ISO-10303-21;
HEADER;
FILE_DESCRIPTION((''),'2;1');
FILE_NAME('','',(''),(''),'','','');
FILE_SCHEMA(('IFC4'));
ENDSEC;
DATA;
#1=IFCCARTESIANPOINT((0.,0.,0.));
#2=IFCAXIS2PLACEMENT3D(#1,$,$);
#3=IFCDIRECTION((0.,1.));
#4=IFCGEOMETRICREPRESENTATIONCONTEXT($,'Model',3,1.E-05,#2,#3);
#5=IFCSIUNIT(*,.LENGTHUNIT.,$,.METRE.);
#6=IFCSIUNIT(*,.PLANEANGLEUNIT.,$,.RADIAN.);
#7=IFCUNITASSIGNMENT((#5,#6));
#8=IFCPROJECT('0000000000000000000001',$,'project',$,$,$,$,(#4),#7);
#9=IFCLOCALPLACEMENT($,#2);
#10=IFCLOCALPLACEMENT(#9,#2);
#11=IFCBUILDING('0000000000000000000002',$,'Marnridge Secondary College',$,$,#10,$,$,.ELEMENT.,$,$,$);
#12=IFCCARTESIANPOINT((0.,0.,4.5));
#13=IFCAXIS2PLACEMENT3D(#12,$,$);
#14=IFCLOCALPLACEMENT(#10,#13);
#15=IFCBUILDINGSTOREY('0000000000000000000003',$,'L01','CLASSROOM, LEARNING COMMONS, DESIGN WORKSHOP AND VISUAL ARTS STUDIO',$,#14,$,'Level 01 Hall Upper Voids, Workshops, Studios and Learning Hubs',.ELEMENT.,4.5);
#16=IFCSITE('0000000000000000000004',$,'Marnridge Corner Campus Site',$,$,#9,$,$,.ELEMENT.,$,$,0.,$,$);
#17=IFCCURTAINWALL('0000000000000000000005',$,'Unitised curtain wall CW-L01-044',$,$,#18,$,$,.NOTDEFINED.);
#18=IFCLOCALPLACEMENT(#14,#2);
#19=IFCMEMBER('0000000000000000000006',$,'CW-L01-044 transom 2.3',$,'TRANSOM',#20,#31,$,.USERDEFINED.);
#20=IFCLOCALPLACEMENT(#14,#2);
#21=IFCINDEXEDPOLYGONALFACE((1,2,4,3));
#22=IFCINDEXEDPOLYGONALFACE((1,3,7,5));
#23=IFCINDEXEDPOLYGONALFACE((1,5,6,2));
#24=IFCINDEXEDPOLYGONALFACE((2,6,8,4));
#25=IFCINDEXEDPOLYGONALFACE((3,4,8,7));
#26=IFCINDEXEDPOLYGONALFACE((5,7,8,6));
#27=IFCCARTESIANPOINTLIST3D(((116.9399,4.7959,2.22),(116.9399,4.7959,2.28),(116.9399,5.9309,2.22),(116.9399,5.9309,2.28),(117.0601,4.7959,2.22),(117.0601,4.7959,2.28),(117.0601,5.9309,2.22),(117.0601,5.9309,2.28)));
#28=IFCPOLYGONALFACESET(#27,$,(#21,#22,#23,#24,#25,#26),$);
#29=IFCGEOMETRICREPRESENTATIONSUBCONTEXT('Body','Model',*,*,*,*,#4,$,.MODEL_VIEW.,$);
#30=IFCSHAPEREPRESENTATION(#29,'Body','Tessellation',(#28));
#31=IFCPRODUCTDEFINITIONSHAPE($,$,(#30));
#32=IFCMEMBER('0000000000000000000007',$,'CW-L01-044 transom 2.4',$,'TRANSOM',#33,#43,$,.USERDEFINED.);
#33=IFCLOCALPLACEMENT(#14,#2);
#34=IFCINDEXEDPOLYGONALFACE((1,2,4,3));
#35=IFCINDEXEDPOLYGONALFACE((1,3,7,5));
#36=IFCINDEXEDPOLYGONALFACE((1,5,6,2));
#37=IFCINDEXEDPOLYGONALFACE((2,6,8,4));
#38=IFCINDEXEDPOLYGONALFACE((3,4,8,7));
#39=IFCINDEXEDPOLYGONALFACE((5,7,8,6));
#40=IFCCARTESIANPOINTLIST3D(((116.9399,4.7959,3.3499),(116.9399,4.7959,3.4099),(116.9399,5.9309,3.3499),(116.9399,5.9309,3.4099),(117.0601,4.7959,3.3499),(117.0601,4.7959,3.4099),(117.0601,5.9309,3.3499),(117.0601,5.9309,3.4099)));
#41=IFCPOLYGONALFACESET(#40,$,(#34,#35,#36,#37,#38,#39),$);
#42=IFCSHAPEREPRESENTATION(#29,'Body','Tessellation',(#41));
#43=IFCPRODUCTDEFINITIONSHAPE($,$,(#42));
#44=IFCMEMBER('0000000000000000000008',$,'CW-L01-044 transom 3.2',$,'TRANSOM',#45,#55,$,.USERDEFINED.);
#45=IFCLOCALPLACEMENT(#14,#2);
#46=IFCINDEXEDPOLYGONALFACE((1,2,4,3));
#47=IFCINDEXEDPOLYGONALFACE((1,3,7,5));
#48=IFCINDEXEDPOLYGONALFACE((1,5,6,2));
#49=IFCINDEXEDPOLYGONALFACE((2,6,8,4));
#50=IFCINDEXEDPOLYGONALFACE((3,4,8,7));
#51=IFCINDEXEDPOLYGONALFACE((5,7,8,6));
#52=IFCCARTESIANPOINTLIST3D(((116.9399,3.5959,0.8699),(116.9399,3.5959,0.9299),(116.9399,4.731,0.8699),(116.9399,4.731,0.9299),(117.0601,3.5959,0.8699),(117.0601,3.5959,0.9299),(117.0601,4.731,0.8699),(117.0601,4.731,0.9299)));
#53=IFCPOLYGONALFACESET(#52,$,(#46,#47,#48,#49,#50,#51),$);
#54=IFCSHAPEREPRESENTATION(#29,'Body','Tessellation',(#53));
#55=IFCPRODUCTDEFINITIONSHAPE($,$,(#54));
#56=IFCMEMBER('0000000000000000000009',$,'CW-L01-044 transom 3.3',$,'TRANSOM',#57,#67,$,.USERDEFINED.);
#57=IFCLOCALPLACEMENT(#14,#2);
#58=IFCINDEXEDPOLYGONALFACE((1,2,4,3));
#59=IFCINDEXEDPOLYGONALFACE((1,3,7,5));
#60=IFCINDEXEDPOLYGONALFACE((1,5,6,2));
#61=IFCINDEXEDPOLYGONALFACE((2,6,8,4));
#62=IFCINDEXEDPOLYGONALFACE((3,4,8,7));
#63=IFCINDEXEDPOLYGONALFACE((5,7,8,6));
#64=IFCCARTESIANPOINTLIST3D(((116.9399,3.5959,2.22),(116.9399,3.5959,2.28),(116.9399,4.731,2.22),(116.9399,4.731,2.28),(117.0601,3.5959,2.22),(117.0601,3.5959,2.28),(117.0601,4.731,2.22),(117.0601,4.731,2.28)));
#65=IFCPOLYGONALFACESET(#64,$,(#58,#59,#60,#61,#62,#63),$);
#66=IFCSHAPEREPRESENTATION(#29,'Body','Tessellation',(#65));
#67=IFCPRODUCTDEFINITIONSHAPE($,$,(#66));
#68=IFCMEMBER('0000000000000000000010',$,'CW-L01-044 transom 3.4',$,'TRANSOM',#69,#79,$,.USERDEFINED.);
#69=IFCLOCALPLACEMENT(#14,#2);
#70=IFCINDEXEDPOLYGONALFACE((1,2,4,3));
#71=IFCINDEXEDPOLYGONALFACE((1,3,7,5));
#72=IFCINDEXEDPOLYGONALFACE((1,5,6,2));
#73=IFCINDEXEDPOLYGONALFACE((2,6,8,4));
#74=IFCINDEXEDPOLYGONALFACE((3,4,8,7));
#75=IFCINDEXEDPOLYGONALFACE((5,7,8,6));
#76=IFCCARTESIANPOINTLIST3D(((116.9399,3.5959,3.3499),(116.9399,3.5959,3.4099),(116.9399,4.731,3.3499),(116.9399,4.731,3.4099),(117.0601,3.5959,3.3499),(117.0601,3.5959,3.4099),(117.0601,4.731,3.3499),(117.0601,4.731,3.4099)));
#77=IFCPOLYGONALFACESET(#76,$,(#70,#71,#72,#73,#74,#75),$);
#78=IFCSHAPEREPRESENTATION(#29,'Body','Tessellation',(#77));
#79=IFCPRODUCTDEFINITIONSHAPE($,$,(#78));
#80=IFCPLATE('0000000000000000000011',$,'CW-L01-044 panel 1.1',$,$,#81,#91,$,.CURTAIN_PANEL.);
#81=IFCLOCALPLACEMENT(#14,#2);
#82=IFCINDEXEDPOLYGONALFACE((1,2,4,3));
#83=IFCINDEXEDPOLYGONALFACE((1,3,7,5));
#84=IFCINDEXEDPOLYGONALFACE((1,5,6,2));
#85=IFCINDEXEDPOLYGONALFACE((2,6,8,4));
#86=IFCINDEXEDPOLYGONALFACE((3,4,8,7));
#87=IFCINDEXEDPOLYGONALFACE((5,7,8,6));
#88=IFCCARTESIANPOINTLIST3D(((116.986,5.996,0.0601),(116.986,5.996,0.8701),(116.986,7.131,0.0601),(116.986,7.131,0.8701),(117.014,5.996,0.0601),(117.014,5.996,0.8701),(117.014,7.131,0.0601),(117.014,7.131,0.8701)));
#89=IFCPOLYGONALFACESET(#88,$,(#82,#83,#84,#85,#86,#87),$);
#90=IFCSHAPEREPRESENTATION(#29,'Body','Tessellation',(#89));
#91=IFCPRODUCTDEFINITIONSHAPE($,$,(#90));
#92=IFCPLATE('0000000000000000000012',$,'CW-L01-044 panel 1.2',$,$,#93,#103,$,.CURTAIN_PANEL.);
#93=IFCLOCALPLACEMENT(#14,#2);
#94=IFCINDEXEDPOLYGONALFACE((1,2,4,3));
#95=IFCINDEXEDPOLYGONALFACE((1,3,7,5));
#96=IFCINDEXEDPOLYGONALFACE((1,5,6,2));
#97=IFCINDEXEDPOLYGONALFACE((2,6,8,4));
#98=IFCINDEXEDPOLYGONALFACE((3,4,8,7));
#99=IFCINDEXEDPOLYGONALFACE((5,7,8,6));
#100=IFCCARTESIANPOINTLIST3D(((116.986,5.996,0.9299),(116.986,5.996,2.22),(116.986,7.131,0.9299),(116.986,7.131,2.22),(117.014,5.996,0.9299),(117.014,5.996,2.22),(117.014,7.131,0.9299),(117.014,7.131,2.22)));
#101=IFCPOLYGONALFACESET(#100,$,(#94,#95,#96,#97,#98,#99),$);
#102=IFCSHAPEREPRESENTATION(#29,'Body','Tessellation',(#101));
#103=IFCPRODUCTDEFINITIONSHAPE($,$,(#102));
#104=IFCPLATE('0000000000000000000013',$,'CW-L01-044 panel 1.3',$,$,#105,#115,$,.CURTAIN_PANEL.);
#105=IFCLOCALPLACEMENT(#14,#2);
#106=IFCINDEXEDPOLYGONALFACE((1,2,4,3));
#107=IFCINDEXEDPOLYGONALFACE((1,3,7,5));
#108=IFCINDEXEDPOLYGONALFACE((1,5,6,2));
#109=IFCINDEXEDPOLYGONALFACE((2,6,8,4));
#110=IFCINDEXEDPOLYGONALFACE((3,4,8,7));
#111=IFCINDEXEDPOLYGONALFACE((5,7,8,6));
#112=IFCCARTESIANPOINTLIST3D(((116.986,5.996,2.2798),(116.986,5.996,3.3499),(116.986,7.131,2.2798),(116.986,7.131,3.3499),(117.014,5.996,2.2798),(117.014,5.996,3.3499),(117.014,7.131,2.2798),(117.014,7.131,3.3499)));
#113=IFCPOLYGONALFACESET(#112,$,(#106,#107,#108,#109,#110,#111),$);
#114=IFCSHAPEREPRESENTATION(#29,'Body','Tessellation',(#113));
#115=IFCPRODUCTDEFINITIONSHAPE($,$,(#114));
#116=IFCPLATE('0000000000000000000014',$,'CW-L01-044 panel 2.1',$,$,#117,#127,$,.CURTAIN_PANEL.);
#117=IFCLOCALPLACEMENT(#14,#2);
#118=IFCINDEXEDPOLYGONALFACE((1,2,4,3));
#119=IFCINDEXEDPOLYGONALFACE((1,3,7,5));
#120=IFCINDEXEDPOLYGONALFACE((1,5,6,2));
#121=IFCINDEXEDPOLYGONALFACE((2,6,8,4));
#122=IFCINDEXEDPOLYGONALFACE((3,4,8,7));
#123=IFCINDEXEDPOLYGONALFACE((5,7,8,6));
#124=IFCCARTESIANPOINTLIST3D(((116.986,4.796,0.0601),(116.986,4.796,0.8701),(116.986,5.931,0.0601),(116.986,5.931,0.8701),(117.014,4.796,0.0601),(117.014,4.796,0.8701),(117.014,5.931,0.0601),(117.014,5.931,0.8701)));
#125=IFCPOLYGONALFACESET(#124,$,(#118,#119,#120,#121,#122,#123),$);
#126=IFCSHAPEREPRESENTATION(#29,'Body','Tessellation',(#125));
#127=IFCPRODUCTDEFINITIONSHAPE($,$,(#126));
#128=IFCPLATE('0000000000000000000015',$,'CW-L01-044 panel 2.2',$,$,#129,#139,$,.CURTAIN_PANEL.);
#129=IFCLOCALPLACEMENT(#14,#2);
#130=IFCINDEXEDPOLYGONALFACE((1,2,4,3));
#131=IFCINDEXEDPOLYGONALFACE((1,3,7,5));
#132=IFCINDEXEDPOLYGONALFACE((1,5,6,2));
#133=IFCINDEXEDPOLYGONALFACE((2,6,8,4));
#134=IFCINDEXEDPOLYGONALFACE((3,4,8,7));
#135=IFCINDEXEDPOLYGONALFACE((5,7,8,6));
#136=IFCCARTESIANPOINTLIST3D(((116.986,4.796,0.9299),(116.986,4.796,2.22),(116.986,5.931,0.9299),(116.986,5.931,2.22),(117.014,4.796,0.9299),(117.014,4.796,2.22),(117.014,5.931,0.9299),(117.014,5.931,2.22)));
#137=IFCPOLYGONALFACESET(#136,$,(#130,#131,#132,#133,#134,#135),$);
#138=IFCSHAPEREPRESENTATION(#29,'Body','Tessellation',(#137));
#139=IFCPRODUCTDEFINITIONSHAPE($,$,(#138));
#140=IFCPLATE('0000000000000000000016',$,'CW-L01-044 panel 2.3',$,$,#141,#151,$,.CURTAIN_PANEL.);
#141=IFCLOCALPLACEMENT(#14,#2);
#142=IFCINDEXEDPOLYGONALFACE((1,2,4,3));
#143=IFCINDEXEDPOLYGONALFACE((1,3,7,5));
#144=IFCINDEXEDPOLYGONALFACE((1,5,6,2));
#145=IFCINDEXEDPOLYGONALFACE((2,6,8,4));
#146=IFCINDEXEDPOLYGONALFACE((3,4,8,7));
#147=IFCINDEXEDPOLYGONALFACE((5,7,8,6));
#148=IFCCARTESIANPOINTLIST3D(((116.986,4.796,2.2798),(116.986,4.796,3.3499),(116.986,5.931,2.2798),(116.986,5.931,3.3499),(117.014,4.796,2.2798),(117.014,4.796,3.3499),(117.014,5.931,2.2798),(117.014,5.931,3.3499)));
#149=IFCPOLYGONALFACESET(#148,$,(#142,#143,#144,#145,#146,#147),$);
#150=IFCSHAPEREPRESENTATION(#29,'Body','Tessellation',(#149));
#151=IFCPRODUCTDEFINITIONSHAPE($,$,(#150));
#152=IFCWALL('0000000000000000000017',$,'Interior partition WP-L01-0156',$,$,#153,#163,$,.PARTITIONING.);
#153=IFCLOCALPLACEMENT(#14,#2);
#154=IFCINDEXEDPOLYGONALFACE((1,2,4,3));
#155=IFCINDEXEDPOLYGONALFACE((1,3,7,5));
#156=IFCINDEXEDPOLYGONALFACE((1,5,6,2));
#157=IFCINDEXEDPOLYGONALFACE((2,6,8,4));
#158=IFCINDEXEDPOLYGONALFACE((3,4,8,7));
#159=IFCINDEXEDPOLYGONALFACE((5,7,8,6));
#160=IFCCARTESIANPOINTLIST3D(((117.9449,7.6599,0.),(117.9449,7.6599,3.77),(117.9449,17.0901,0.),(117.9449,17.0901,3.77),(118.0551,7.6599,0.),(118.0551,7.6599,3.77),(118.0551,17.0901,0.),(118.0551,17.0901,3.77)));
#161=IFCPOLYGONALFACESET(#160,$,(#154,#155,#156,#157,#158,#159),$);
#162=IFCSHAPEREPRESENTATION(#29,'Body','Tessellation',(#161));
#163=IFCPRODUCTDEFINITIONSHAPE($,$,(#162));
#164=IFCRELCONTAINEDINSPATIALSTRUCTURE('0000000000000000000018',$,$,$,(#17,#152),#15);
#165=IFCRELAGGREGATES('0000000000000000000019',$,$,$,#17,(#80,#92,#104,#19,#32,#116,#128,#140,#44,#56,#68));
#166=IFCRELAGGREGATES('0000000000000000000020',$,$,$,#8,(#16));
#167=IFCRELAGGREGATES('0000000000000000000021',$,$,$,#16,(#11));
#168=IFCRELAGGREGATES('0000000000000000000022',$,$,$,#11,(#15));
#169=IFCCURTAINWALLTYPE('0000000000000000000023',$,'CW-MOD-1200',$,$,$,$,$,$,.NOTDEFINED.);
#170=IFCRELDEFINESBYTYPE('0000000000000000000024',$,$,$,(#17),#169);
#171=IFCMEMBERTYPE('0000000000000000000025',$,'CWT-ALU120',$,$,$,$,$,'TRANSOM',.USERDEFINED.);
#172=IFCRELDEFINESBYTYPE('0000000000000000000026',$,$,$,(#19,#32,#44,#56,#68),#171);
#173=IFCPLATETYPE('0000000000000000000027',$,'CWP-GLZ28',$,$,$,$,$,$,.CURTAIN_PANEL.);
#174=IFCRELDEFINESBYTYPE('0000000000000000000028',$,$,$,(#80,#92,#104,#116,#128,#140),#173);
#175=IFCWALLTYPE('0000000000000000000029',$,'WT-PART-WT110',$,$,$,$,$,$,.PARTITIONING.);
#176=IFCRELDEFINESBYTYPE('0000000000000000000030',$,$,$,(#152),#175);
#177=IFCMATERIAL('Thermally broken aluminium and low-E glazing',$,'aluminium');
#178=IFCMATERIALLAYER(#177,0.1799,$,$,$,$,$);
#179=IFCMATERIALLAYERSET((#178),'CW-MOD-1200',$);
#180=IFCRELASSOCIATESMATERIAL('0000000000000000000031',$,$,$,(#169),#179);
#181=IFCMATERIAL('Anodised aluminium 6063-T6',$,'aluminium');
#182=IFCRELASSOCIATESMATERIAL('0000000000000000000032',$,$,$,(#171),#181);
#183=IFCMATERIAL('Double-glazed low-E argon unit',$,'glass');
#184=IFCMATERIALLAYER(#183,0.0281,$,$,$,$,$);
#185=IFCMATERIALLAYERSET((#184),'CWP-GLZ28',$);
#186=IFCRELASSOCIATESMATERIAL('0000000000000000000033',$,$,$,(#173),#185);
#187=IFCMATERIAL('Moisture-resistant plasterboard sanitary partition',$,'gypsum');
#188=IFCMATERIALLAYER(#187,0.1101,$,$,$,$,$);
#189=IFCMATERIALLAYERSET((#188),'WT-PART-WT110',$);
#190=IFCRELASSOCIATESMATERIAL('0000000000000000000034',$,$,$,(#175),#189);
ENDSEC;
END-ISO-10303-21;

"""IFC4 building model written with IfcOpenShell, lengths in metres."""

from ifc_helpers import new_model, si_unit, direction, frame, frame_2d, origin, origin_2d, place, context, subcontext, project, spatial, rectangle, extrude, material, layer, layer_set, material_profile, profile_set, type_object, element, aggregate, save


model = new_model("IFC4")

# Units and contexts
model_context = context("Model", 3, precision=1e-05, world=origin(), true_north=direction((0.0, 1.0)))
body_context = subcontext(model_context, "Body", "Model", "MODEL_VIEW")
ifc_project = project(units=[si_unit("LENGTHUNIT", "METRE"), si_unit("PLANEANGLEUNIT", "RADIAN")], contexts=[model_context])

# Site, building, storey
site_placement = place(None, origin())
site = spatial("IfcSite", under=ifc_project, at=site_placement, Name="Marnridge Corner Campus Site", CompositionType="ELEMENT", RefElevation=0.0)
building_placement = place(site_placement, origin())
building = spatial("IfcBuilding", under=site, at=building_placement, Name="Marnridge Secondary College", CompositionType="ELEMENT")
storey_placement = place(building_placement, frame((0.0, 0.0, 4.5)))
storey = spatial("IfcBuildingStorey", under=building, at=storey_placement, Name="L01", Description="CLASSROOM, LEARNING COMMONS, DESIGN WORKSHOP AND VISUAL ARTS STUDIO", LongName="Level 01 Hall Upper Voids, Workshops, Studios and Learning Hubs", CompositionType="ELEMENT", Elevation=4.5)

# Curtain wall, members, plates
ifc_material_1 = material(Name="Thermally broken aluminium and low-E glazing", Category="aluminium")
ifc_layer_1 = layer(ifc_material_1, 0.1799)
ifc_layer_set_1 = layer_set([ifc_layer_1], Name="CW-MOD-1200")
curtain_wall_type = type_object("IfcCurtainWallType", Name="CW-MOD-1200", PredefinedType="NOTDEFINED", material=ifc_layer_set_1)
curtain_wall_placement = place(storey_placement, origin())
curtain_wall = element("IfcCurtainWall", 1, at=curtain_wall_placement, inside=storey, type_object=curtain_wall_type, Name="Unitised curtain wall CW-L01-044", PredefinedType="NOTDEFINED")
ifc_material_2 = material(Name="Anodised aluminium 6063-T6", Category="aluminium")
ifc_material_profile_1 = material_profile(ifc_material_2, rectangle(XDim=0.0601, YDim=0.1201, at=origin_2d()), Name="ALU 60x120")
ifc_profile_set_1 = profile_set([ifc_material_profile_1], Name="Anodised aluminium 6063-T6")
member_type_1 = type_object("IfcMemberType", Name="CWT-ALU120", ElementType="TRANSOM", PredefinedType="USERDEFINED", material=ifc_profile_set_1)
member_1_placement = place(storey_placement, frame((117.0, 5.9309, 2.25), z_axis=(0.0, -1.0, 0.0), x_axis=(0.0, 0.0, 1.0)))
member_1 = element("IfcMember", 2, at=member_1_placement, type_object=member_type_1, Name="CW-L01-044 transom 2.3", ObjectType="TRANSOM", PredefinedType="USERDEFINED", context=body_context, shape_type="SweptSolid", body=[
    extrude(rectangle(XDim=0.0601, YDim=0.1201, at=origin_2d()), origin(), (0.0, 0.0, 1.0), 1.135),
])
member_2_placement = place(storey_placement, frame((117.0, 5.9309, 3.3799), z_axis=(0.0, -1.0, 0.0), x_axis=(0.0, 0.0, 1.0)))
member_2 = element("IfcMember", 3, at=member_2_placement, type_object=member_type_1, Name="CW-L01-044 transom 2.4", ObjectType="TRANSOM", PredefinedType="USERDEFINED", context=body_context, shape_type="SweptSolid", body=[
    extrude(rectangle(XDim=0.0601, YDim=0.1201, at=origin_2d()), origin(), (0.0, 0.0, 1.0), 1.135),
])
member_3_placement = place(storey_placement, frame((117.0, 4.731, 0.8999), z_axis=(0.0, -1.0, 0.0), x_axis=(0.0, 0.0, 1.0)))
member_3 = element("IfcMember", 4, at=member_3_placement, type_object=member_type_1, Name="CW-L01-044 transom 3.2", ObjectType="TRANSOM", PredefinedType="USERDEFINED", context=body_context, shape_type="SweptSolid", body=[
    extrude(rectangle(XDim=0.0601, YDim=0.1201, at=origin_2d()), origin(), (0.0, 0.0, 1.0), 1.135),
])
member_4_placement = place(storey_placement, frame((117.0, 4.731, 2.25), z_axis=(0.0, -1.0, 0.0), x_axis=(0.0, 0.0, 1.0)))
member_4 = element("IfcMember", 5, at=member_4_placement, type_object=member_type_1, Name="CW-L01-044 transom 3.3", ObjectType="TRANSOM", PredefinedType="USERDEFINED", context=body_context, shape_type="SweptSolid", body=[
    extrude(rectangle(XDim=0.0601, YDim=0.1201, at=origin_2d()), origin(), (0.0, 0.0, 1.0), 1.135),
])
member_5_placement = place(storey_placement, frame((117.0, 4.731, 3.3799), z_axis=(0.0, -1.0, 0.0), x_axis=(0.0, 0.0, 1.0)))
member_5 = element("IfcMember", 6, at=member_5_placement, type_object=member_type_1, Name="CW-L01-044 transom 3.4", ObjectType="TRANSOM", PredefinedType="USERDEFINED", context=body_context, shape_type="SweptSolid", body=[
    extrude(rectangle(XDim=0.0601, YDim=0.1201, at=origin_2d()), origin(), (0.0, 0.0, 1.0), 1.135),
])
ifc_material_3 = material(Name="Double-glazed low-E argon unit", Category="glass")
ifc_layer_2 = layer(ifc_material_3, 0.0281)
ifc_layer_set_2 = layer_set([ifc_layer_2], Name="CWP-GLZ28")
plate_type = type_object("IfcPlateType", Name="CWP-GLZ28", PredefinedType="CURTAIN_PANEL", material=ifc_layer_set_2)
plate_1_placement = place(storey_placement, frame((117.0, 6.5635, 0.0601), z_axis=(0.0, 0.0, 1.0), x_axis=(0.0, -1.0, 0.0)))
plate_1 = element("IfcPlate", 7, at=plate_1_placement, type_object=plate_type, Name="CW-L01-044 panel 1.1", PredefinedType="CURTAIN_PANEL", context=body_context, shape_type="SweptSolid", body=[
    extrude(rectangle(XDim=1.135, YDim=0.0281, at=origin_2d()), origin(), (0.0, 0.0, 1.0), 0.8101),
])
plate_2_placement = place(storey_placement, frame((117.0, 6.5635, 0.9299), z_axis=(0.0, 0.0, 1.0), x_axis=(0.0, -1.0, 0.0)))
plate_2 = element("IfcPlate", 8, at=plate_2_placement, type_object=plate_type, Name="CW-L01-044 panel 1.2", PredefinedType="CURTAIN_PANEL", context=body_context, shape_type="SweptSolid", body=[
    extrude(rectangle(XDim=1.135, YDim=0.0281, at=origin_2d()), origin(), (0.0, 0.0, 1.0), 1.29),
])
plate_3_placement = place(storey_placement, frame((117.0, 6.5635, 2.2798), z_axis=(0.0, 0.0, 1.0), x_axis=(0.0, -1.0, 0.0)))
plate_3 = element("IfcPlate", 9, at=plate_3_placement, type_object=plate_type, Name="CW-L01-044 panel 1.3", PredefinedType="CURTAIN_PANEL", context=body_context, shape_type="SweptSolid", body=[
    extrude(rectangle(XDim=1.135, YDim=0.0281, at=origin_2d()), origin(), (0.0, 0.0, 1.0), 1.0701),
])
plate_4_placement = place(storey_placement, frame((117.0, 5.3635, 0.0601), z_axis=(0.0, 0.0, 1.0), x_axis=(0.0, -1.0, 0.0)))
plate_4 = element("IfcPlate", 10, at=plate_4_placement, type_object=plate_type, Name="CW-L01-044 panel 2.1", PredefinedType="CURTAIN_PANEL", context=body_context, shape_type="SweptSolid", body=[
    extrude(rectangle(XDim=1.135, YDim=0.0281, at=origin_2d()), origin(), (0.0, 0.0, 1.0), 0.8101),
])
plate_5_placement = place(storey_placement, frame((117.0, 5.3635, 0.9299), z_axis=(0.0, 0.0, 1.0), x_axis=(0.0, -1.0, 0.0)))
plate_5 = element("IfcPlate", 11, at=plate_5_placement, type_object=plate_type, Name="CW-L01-044 panel 2.2", PredefinedType="CURTAIN_PANEL", context=body_context, shape_type="SweptSolid", body=[
    extrude(rectangle(XDim=1.135, YDim=0.0281, at=origin_2d()), origin(), (0.0, 0.0, 1.0), 1.29),
])
plate_6_placement = place(storey_placement, frame((117.0, 5.3635, 2.2798), z_axis=(0.0, 0.0, 1.0), x_axis=(0.0, -1.0, 0.0)))
plate_6 = element("IfcPlate", 12, at=plate_6_placement, type_object=plate_type, Name="CW-L01-044 panel 2.3", PredefinedType="CURTAIN_PANEL", context=body_context, shape_type="SweptSolid", body=[
    extrude(rectangle(XDim=1.135, YDim=0.0281, at=origin_2d()), origin(), (0.0, 0.0, 1.0), 1.0701),
])
aggregate(curtain_wall, [plate_1, plate_2, plate_3, member_1, member_2, plate_4, plate_5, plate_6, member_3, member_4, member_5])

# Wall
ifc_material_4 = material(Name="Moisture-resistant plasterboard sanitary partition", Category="gypsum")
ifc_layer_3 = layer(ifc_material_4, 0.1101)
ifc_layer_set_3 = layer_set([ifc_layer_3], Name="WT-PART-WT110")
wall_type = type_object("IfcWallType", Name="WT-PART-WT110", PredefinedType="PARTITIONING", material=ifc_layer_set_3)
wall_placement = place(storey_placement, frame((118.0, 7.6599, 0.0), z_axis=(0.0, 0.0, 1.0), x_axis=(0.0, 1.0, 0.0)))
element("IfcWall", 13, at=wall_placement, inside=storey, type_object=wall_type, Name="Interior partition WP-L01-0156", PredefinedType="PARTITIONING", context=body_context, shape_type="SweptSolid", body=[
    extrude(rectangle(XDim=9.4302, YDim=0.1101, at=frame_2d((4.7151, 0.0))), origin(), (0.0, 0.0, 1.0), 3.77),
])

save(model, "model.ifc")
